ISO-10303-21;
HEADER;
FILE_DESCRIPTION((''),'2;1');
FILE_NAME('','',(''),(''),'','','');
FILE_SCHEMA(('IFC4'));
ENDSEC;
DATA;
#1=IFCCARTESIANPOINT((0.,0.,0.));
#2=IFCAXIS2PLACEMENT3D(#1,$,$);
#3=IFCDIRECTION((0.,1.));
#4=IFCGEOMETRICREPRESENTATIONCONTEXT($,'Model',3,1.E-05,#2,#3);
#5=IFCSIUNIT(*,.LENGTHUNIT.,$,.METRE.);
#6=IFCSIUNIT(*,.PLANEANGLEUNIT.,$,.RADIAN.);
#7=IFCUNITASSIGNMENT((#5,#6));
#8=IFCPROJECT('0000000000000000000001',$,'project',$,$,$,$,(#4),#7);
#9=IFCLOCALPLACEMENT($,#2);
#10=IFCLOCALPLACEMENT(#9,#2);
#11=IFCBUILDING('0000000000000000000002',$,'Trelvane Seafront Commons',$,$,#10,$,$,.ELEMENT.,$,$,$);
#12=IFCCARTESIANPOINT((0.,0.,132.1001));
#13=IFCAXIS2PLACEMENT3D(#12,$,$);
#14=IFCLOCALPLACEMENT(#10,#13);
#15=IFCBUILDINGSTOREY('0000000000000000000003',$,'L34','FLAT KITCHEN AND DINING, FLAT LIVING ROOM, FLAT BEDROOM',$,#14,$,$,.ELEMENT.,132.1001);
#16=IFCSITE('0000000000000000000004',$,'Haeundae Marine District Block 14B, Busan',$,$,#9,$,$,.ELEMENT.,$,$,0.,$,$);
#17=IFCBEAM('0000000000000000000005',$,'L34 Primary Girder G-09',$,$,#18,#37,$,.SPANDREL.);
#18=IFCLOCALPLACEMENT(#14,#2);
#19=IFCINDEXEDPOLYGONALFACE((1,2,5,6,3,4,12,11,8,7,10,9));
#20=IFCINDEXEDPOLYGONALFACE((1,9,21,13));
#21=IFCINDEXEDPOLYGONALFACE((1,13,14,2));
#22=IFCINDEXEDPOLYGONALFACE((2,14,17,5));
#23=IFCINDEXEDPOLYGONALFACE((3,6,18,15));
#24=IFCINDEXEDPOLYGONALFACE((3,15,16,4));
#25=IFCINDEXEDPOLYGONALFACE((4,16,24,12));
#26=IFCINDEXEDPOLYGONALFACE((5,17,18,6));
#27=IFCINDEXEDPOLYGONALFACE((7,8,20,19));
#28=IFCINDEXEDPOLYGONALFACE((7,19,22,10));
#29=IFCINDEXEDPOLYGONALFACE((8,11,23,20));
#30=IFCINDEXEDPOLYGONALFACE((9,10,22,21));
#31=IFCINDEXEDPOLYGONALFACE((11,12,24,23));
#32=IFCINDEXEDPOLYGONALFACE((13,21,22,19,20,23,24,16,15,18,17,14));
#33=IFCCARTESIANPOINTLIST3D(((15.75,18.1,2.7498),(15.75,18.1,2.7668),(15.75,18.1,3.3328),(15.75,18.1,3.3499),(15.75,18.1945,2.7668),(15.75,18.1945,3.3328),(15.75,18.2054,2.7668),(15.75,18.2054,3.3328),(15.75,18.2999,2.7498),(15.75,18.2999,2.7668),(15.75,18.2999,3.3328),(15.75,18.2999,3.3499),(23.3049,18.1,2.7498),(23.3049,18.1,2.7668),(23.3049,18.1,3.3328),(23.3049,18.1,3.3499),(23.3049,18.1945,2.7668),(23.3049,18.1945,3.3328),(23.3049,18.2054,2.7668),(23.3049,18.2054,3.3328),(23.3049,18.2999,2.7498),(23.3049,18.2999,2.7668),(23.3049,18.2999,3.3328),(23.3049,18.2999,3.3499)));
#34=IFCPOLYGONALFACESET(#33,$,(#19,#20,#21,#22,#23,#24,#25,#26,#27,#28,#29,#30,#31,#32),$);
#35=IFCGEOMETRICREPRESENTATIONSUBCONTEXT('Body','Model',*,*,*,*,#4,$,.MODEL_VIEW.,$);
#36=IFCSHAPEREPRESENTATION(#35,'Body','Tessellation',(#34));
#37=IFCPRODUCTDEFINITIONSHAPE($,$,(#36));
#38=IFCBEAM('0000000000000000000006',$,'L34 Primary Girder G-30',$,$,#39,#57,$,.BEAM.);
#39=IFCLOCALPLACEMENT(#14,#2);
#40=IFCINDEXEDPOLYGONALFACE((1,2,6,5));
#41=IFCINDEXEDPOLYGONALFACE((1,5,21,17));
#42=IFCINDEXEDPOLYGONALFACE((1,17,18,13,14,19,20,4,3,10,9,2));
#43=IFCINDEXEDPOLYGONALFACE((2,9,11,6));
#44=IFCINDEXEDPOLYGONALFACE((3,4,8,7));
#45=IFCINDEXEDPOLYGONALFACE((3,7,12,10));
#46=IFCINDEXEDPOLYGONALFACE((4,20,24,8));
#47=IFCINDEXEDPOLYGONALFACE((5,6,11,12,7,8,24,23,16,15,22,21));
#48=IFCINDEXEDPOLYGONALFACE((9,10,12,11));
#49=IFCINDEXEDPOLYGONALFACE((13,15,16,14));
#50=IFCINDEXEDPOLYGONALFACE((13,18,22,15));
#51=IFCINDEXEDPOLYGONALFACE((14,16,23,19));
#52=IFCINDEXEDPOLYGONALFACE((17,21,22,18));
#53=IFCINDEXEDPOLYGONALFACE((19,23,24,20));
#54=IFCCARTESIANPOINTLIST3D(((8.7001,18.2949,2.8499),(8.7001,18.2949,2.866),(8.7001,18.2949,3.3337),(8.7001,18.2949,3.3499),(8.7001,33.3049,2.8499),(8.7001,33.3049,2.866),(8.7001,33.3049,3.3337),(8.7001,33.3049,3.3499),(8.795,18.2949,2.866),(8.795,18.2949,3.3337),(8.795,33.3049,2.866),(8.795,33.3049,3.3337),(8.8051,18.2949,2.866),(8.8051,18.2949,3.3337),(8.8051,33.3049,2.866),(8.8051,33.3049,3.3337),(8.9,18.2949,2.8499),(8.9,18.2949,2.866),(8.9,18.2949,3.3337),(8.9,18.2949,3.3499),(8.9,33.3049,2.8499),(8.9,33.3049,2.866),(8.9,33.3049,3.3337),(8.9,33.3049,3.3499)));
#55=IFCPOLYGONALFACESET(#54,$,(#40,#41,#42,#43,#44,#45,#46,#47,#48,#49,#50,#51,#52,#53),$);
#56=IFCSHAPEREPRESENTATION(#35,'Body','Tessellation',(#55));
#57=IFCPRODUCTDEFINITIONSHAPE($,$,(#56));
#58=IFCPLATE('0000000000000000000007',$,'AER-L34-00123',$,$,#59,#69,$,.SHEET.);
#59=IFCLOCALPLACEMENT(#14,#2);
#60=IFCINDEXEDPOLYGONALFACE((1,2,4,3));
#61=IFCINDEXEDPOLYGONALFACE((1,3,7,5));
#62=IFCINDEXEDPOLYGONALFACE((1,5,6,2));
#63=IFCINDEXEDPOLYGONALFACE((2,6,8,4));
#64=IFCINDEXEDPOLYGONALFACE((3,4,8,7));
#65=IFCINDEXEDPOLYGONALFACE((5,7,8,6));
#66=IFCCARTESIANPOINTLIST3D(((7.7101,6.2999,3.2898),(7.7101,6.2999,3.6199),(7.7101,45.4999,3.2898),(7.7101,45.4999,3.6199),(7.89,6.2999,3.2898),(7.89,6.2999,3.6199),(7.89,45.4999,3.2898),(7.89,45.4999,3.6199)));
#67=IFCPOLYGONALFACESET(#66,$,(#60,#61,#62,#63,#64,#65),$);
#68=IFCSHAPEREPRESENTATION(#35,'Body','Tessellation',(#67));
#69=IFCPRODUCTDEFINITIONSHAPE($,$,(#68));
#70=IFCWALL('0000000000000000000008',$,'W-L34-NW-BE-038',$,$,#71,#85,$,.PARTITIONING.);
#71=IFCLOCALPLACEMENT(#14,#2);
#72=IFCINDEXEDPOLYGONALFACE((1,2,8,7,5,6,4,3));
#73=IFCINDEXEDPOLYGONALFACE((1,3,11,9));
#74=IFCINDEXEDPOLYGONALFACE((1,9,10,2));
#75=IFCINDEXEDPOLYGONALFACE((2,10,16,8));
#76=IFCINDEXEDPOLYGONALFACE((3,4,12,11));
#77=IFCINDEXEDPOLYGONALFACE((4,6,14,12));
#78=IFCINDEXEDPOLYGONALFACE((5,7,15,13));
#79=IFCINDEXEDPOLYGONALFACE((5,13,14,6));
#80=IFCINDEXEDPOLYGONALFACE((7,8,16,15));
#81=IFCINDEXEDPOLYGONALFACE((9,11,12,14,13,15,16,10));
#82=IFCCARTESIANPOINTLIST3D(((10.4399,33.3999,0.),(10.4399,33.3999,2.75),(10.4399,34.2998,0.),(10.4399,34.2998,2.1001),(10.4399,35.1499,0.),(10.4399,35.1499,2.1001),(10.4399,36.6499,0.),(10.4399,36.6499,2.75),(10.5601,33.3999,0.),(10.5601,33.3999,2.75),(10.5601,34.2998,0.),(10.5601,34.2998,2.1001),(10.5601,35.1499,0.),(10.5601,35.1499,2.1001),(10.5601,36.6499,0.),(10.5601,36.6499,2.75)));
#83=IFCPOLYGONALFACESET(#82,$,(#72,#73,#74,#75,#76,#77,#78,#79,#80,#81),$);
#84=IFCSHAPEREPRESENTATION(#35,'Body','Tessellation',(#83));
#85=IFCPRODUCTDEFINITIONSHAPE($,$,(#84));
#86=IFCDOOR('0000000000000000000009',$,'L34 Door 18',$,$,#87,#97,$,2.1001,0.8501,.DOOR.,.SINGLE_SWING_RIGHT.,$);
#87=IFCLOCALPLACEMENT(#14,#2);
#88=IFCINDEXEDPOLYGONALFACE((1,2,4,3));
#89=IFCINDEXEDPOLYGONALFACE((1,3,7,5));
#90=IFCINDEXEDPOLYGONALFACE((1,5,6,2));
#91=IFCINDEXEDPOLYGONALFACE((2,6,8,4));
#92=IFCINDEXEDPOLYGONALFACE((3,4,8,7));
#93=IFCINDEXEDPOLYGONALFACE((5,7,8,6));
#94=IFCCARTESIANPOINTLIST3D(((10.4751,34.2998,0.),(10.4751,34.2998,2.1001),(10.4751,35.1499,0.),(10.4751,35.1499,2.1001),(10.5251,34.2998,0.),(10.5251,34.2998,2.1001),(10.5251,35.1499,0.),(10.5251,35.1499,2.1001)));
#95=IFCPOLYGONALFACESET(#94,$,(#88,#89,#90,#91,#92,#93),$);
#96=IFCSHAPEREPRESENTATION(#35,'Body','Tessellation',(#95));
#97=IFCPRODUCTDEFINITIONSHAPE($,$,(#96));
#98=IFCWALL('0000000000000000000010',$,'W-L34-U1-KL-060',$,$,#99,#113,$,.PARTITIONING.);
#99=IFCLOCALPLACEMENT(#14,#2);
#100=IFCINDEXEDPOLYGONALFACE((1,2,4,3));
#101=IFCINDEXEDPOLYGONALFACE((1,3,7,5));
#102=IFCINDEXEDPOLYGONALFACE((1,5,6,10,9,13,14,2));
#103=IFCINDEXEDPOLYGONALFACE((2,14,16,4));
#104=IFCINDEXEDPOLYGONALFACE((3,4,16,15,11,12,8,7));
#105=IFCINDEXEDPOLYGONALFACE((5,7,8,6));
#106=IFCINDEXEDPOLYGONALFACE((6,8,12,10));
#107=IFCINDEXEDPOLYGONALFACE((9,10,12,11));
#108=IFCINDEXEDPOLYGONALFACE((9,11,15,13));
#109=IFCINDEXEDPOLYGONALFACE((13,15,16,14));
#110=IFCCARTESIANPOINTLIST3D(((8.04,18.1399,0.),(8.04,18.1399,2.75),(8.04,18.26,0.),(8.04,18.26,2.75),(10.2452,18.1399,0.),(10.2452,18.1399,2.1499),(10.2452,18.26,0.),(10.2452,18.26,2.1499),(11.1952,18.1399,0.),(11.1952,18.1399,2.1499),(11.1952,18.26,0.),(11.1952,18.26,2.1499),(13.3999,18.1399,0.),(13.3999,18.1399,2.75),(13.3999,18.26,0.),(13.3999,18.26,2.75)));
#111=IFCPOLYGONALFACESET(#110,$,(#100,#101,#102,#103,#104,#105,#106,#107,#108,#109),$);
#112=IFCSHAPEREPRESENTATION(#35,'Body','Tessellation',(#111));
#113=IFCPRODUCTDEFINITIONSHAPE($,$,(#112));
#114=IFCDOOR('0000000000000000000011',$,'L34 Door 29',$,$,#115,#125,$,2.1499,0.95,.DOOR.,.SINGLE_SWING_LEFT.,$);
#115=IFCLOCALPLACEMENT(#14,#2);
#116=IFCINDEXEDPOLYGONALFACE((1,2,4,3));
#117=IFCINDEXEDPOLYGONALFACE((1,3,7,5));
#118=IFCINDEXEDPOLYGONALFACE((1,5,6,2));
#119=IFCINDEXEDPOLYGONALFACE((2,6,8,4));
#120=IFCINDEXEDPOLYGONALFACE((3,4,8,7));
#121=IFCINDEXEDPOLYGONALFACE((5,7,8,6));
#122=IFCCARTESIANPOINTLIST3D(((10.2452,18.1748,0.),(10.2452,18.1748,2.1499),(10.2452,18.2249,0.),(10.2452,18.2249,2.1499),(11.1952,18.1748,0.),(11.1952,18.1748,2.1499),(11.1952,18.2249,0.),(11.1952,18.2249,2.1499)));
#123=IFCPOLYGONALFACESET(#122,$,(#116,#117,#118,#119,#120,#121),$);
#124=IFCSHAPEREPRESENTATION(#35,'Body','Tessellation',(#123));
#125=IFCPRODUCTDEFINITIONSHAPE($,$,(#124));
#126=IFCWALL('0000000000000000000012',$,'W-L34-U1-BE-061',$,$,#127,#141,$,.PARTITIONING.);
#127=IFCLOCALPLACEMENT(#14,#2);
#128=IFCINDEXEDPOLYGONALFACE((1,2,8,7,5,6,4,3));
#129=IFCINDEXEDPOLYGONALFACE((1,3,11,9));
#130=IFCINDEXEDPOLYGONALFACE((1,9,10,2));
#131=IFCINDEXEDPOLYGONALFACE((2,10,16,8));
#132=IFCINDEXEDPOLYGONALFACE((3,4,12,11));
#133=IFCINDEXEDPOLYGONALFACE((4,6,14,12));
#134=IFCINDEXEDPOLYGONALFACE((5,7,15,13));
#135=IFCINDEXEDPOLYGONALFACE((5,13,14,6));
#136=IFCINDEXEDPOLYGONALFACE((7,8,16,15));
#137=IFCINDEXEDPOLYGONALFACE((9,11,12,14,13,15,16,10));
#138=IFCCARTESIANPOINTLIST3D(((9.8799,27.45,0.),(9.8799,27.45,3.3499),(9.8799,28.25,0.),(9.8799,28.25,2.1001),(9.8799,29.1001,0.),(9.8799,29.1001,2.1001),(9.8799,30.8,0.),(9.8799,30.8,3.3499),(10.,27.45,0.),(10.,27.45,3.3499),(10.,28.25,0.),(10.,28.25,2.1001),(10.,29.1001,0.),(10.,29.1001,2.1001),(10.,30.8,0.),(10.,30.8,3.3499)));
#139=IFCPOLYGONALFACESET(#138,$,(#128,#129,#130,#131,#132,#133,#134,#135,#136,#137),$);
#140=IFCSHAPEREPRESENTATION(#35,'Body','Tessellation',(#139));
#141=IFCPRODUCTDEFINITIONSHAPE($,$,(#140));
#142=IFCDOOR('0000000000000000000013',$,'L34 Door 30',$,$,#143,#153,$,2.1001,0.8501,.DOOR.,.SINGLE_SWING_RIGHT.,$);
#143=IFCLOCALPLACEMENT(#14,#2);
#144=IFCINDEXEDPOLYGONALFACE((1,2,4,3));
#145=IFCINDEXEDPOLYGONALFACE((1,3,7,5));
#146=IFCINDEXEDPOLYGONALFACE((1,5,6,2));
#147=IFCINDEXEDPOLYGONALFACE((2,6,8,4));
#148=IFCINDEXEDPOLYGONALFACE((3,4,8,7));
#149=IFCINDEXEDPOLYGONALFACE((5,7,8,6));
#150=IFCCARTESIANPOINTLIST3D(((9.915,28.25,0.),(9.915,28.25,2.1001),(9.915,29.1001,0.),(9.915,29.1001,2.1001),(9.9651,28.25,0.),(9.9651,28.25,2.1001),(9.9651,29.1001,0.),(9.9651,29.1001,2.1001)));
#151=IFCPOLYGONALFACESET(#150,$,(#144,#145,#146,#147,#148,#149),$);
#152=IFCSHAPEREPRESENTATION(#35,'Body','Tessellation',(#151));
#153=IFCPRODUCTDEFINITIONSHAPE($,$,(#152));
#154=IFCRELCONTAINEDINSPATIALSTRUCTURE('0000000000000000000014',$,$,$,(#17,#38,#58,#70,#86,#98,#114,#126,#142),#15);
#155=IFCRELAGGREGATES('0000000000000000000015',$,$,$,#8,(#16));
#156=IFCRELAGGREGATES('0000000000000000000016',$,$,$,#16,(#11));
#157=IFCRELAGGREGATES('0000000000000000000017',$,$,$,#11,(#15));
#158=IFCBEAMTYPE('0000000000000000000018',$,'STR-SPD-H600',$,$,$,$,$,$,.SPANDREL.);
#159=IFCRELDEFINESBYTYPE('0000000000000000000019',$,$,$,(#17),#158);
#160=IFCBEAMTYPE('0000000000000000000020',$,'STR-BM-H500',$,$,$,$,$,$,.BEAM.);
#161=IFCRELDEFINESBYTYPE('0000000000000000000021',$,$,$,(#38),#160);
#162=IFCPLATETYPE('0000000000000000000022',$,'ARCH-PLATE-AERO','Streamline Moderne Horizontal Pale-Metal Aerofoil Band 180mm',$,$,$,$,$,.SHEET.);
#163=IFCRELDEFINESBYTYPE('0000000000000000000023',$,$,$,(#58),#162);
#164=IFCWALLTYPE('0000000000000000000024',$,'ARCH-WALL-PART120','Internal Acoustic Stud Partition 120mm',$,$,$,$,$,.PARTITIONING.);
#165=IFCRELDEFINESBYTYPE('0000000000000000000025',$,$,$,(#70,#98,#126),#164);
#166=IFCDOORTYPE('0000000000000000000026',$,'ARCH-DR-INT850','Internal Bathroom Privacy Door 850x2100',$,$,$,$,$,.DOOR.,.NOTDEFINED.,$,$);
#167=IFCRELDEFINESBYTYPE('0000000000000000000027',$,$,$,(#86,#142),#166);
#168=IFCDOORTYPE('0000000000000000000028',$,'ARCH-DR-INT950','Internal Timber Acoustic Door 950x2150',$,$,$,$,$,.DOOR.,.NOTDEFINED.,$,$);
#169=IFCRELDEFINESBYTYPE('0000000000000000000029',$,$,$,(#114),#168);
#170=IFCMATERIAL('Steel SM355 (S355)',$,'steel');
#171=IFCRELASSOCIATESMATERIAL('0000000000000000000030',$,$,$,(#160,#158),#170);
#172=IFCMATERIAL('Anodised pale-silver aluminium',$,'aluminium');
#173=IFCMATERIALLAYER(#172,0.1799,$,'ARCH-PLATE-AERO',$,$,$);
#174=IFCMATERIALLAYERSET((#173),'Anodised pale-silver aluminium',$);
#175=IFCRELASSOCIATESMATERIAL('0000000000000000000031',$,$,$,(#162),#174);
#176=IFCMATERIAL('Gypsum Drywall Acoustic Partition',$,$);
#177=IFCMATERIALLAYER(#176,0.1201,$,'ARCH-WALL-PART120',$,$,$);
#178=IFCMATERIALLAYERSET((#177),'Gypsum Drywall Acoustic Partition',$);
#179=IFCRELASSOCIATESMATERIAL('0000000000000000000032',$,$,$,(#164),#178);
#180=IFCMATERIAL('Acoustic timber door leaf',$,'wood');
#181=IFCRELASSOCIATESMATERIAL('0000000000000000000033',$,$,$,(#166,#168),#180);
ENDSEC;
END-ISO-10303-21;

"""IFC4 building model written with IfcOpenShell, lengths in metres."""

from ifc_helpers import new_model, si_unit, direction, frame, frame_2d, origin, origin_2d, place, context, subcontext, project, spatial, rectangle, i_section, extrude, source, transform, mapped, material, layer, layer_set, material_profile, profile_set, type_object, element, fill, save


model = new_model("IFC4")

# Units and contexts
model_context = context("Model", 3, precision=1e-05, world=origin(), true_north=direction((0.0, 1.0)))
body_context = subcontext(model_context, "Body", "Model", "MODEL_VIEW")
ifc_project = project(units=[si_unit("LENGTHUNIT", "METRE"), si_unit("PLANEANGLEUNIT", "RADIAN")], contexts=[model_context])

# Site, building, storey
site_placement = place(None, origin())
site = spatial("IfcSite", under=ifc_project, at=site_placement, Name="Haeundae Marine District Block 14B, Busan", CompositionType="ELEMENT", RefElevation=0.0)
building_placement = place(site_placement, origin())
building = spatial("IfcBuilding", under=site, at=building_placement, Name="Trelvane Seafront Commons", CompositionType="ELEMENT")
storey_placement = place(building_placement, frame((0.0, 0.0, 132.1001)))
storey = spatial("IfcBuildingStorey", under=building, at=storey_placement, Name="L34", Description="FLAT KITCHEN AND DINING, FLAT LIVING ROOM, FLAT BEDROOM", CompositionType="ELEMENT", Elevation=132.1001)

# Shared definitions
ifc_material_1 = material(Name="Steel SM355 (S355)", Category="steel")

# Beams
ifc_material_profile_1 = material_profile(ifc_material_1, i_section(OverallWidth=0.2, OverallDepth=0.5, WebThickness=0.01, FlangeThickness=0.0161, at=origin_2d()), Name="H-500x200x10x16")
ifc_profile_set_1 = profile_set([ifc_material_profile_1], Name="Steel SM355 (S355)")
beam_type_1 = type_object("IfcBeamType", Name="STR-BM-H500", PredefinedType="BEAM", material=ifc_profile_set_1)
ifc_material_profile_2 = material_profile(ifc_material_1, i_section(OverallWidth=0.2, OverallDepth=0.6001, WebThickness=0.011, FlangeThickness=0.0171, at=origin_2d()), Name="H-600x200x11x17")
ifc_profile_set_2 = profile_set([ifc_material_profile_2], Name="Steel SM355 (S355)")
beam_type_2 = type_object("IfcBeamType", Name="STR-SPD-H600", PredefinedType="SPANDREL", material=ifc_profile_set_2)
shared_shape_1 = source(origin(), body_context, "Body", "SweptSolid", [
    extrude(i_section(OverallWidth=0.2, OverallDepth=0.6001, WebThickness=0.011, FlangeThickness=0.0171, at=origin_2d()), origin(), (0.0, 0.0, 1.0), 7.5549),
])
beam_1_placement = place(storey_placement, frame((15.75, 18.2, 3.0498), z_axis=(1.0, 0.0, 0.0), x_axis=(0.0, 1.0, 0.0)))
element("IfcBeam", 1, at=beam_1_placement, inside=storey, type_object=beam_type_2, Name="L34 Primary Girder G-09", PredefinedType="SPANDREL", context=body_context, shape_type="MappedRepresentation", body=[
    mapped(shared_shape_1, transform((0.0, 0.0, 0.0), x_axis=(1.0, 0.0, 0.0), y_axis=(0.0, 1.0, 0.0), z_axis=(0.0, 0.0, 1.0), scale=1.0)),
])
shared_shape_2 = source(origin(), body_context, "Body", "SweptSolid", [
    extrude(i_section(OverallWidth=0.2, OverallDepth=0.5, WebThickness=0.01, FlangeThickness=0.0161, at=origin_2d()), origin(), (0.0, 0.0, 1.0), 15.01),
])
beam_2_placement = place(storey_placement, frame((8.8, 18.2949, 3.0999), z_axis=(0.0, 1.0, 0.0), x_axis=(-1.0, 0.0, 0.0)))
element("IfcBeam", 2, at=beam_2_placement, inside=storey, type_object=beam_type_1, Name="L34 Primary Girder G-30", PredefinedType="BEAM", context=body_context, shape_type="MappedRepresentation", body=[
    mapped(shared_shape_2, transform((0.0, 0.0, 0.0), x_axis=(1.0, 0.0, 0.0), y_axis=(0.0, 1.0, 0.0), z_axis=(0.0, 0.0, 1.0), scale=1.0)),
])

# Plate
ifc_material_2 = material(Name="Anodised pale-silver aluminium", Category="aluminium")
ifc_layer_1 = layer(ifc_material_2, 0.1799, Name="ARCH-PLATE-AERO")
ifc_layer_set_1 = layer_set([ifc_layer_1], Name="Anodised pale-silver aluminium")
plate_type = type_object("IfcPlateType", Name="ARCH-PLATE-AERO", Description="Streamline Moderne Horizontal Pale-Metal Aerofoil Band 180mm", PredefinedType="SHEET", material=ifc_layer_set_1)
shared_shape_3 = source(origin(), body_context, "Body", "SweptSolid", [
    extrude(rectangle(XDim=39.2, YDim=0.1799, at=origin_2d()), origin(), (0.0, 0.0, 1.0), 0.3301),
])
plate_placement = place(storey_placement, frame((7.8, 25.8999, 3.2898), z_axis=(0.0, 0.0, 1.0), x_axis=(0.0, 1.0, 0.0)))
element("IfcPlate", 3, at=plate_placement, inside=storey, type_object=plate_type, Name="AER-L34-00123", PredefinedType="SHEET", context=body_context, shape_type="MappedRepresentation", body=[
    mapped(shared_shape_3, transform((0.0, 0.0, 0.0), x_axis=(1.0, 0.0, 0.0), y_axis=(0.0, 1.0, 0.0), z_axis=(0.0, 0.0, 1.0), scale=1.0)),
])

# Walls, openings, doors
ifc_material_3 = material(Name="Gypsum Drywall Acoustic Partition")
ifc_layer_2 = layer(ifc_material_3, 0.1201, Name="ARCH-WALL-PART120")
ifc_layer_set_2 = layer_set([ifc_layer_2], Name="Gypsum Drywall Acoustic Partition")
wall_type_1 = type_object("IfcWallType", Name="ARCH-WALL-PART120", Description="Internal Acoustic Stud Partition 120mm", PredefinedType="PARTITIONING", material=ifc_layer_set_2)
wall_1_placement = place(storey_placement, frame((10.5, 33.3999, 0.0), z_axis=(0.0, 0.0, 1.0), x_axis=(0.0, 1.0, 0.0)))
wall_1 = element("IfcWall", 4, at=wall_1_placement, inside=storey, type_object=wall_type_1, Name="W-L34-NW-BE-038", PredefinedType="PARTITIONING", context=body_context, shape_type="SweptSolid", body=[
    extrude(rectangle(XDim=3.25, YDim=0.1201, at=frame_2d((1.625, 0.0))), origin(), (0.0, 0.0, 1.0), 2.75),
])
opening_1_placement = place(wall_1_placement, frame((0.8999, 0.0, 0.0)))
opening_1 = element("IfcOpeningElement", 5, at=opening_1_placement, cuts=wall_1, PredefinedType="OPENING", context=body_context, shape_type="SweptSolid", body=[
    extrude(rectangle(XDim=0.8501, YDim=2.1001, at=frame_2d((0.425, 1.05))), frame((0.0, 0.0701, 0.0), z_axis=(0.0, -1.0, 0.0), x_axis=(1.0, 0.0, 0.0)), (0.0, 0.0, 1.0), 0.1401),
])
ifc_material_4 = material(Name="Acoustic timber door leaf", Category="wood")
door_type_1 = type_object("IfcDoorType", Name="ARCH-DR-INT850", Description="Internal Bathroom Privacy Door 850x2100", OperationType="NOTDEFINED", PredefinedType="DOOR", material=ifc_material_4)
shared_shape_4 = source(origin(), body_context, "Body", "SweptSolid", [
    extrude(rectangle(XDim=0.8501, YDim=2.1001, at=frame_2d((0.425, 1.05))), frame((0.0, 0.0249, 0.0), z_axis=(0.0, -1.0, 0.0), x_axis=(1.0, 0.0, 0.0)), (0.0, 0.0, 1.0), 0.05),
])
door_1_placement = place(opening_1_placement, origin())
door_1 = element("IfcDoor", 6, at=door_1_placement, inside=storey, type_object=door_type_1, Name="L34 Door 18", OperationType="SINGLE_SWING_RIGHT", OverallHeight=2.1001, OverallWidth=0.8501, PredefinedType="DOOR", context=body_context, shape_type="MappedRepresentation", body=[
    mapped(shared_shape_4, transform((0.0, 0.0, 0.0), x_axis=(1.0, 0.0, 0.0), y_axis=(0.0, 1.0, 0.0), z_axis=(0.0, 0.0, 1.0), scale=1.0)),
])
fill(opening_1, door_1)
wall_2_placement = place(storey_placement, frame((8.04, 18.2, 0.0), z_axis=(0.0, 0.0, 1.0), x_axis=(1.0, 0.0, 0.0)))
wall_2 = element("IfcWall", 7, at=wall_2_placement, inside=storey, type_object=wall_type_1, Name="W-L34-U1-KL-060", PredefinedType="PARTITIONING", context=body_context, shape_type="SweptSolid", body=[
    extrude(rectangle(XDim=5.3599, YDim=0.1201, at=frame_2d((2.6799, 0.0))), origin(), (0.0, 0.0, 1.0), 2.75),
])
opening_2_placement = place(wall_2_placement, frame((2.2051, 0.0, 0.0)))
opening_2 = element("IfcOpeningElement", 8, at=opening_2_placement, cuts=wall_2, PredefinedType="OPENING", context=body_context, shape_type="SweptSolid", body=[
    extrude(rectangle(XDim=0.95, YDim=2.1499, at=frame_2d((0.4751, 1.075))), frame((0.0, 0.0701, 0.0), z_axis=(0.0, -1.0, 0.0), x_axis=(1.0, 0.0, 0.0)), (0.0, 0.0, 1.0), 0.1401),
])
door_type_2 = type_object("IfcDoorType", Name="ARCH-DR-INT950", Description="Internal Timber Acoustic Door 950x2150", OperationType="NOTDEFINED", PredefinedType="DOOR", material=ifc_material_4)
shared_shape_5 = source(origin(), body_context, "Body", "SweptSolid", [
    extrude(rectangle(XDim=0.95, YDim=2.1499, at=frame_2d((0.4751, 1.075))), frame((0.0, 0.0249, 0.0), z_axis=(0.0, -1.0, 0.0), x_axis=(1.0, 0.0, 0.0)), (0.0, 0.0, 1.0), 0.05),
])
door_2_placement = place(opening_2_placement, origin())
door_2 = element("IfcDoor", 9, at=door_2_placement, inside=storey, type_object=door_type_2, Name="L34 Door 29", OperationType="SINGLE_SWING_LEFT", OverallHeight=2.1499, OverallWidth=0.95, PredefinedType="DOOR", context=body_context, shape_type="MappedRepresentation", body=[
    mapped(shared_shape_5, transform((0.0, 0.0, 0.0), x_axis=(1.0, 0.0, 0.0), y_axis=(0.0, 1.0, 0.0), z_axis=(0.0, 0.0, 1.0), scale=1.0)),
])
fill(opening_2, door_2)
wall_3_placement = place(storey_placement, frame((9.9399, 27.45, 0.0), z_axis=(0.0, 0.0, 1.0), x_axis=(0.0, 1.0, 0.0)))
wall_3 = element("IfcWall", 10, at=wall_3_placement, inside=storey, type_object=wall_type_1, Name="W-L34-U1-BE-061", PredefinedType="PARTITIONING", context=body_context, shape_type="SweptSolid", body=[
    extrude(rectangle(XDim=3.3501, YDim=0.1201, at=frame_2d((1.675, 0.0))), origin(), (0.0, 0.0, 1.0), 3.3499),
])
opening_3_placement = place(wall_3_placement, frame((0.8, 0.0, 0.0)))
opening_3 = element("IfcOpeningElement", 11, at=opening_3_placement, cuts=wall_3, PredefinedType="OPENING", context=body_context, shape_type="SweptSolid", body=[
    extrude(rectangle(XDim=0.8501, YDim=2.1001, at=frame_2d((0.425, 1.05))), frame((0.0, 0.0701, 0.0), z_axis=(0.0, -1.0, 0.0), x_axis=(1.0, 0.0, 0.0)), (0.0, 0.0, 1.0), 0.1401),
])
door_3_placement = place(opening_3_placement, origin())
door_3 = element("IfcDoor", 12, at=door_3_placement, inside=storey, type_object=door_type_1, Name="L34 Door 30", OperationType="SINGLE_SWING_RIGHT", OverallHeight=2.1001, OverallWidth=0.8501, PredefinedType="DOOR", context=body_context, shape_type="MappedRepresentation", body=[
    mapped(shared_shape_4, transform((0.0, 0.0, 0.0), x_axis=(1.0, 0.0, 0.0), y_axis=(0.0, 1.0, 0.0), z_axis=(0.0, 0.0, 1.0), scale=1.0)),
])
fill(opening_3, door_3)

save(model, "model.ifc")
